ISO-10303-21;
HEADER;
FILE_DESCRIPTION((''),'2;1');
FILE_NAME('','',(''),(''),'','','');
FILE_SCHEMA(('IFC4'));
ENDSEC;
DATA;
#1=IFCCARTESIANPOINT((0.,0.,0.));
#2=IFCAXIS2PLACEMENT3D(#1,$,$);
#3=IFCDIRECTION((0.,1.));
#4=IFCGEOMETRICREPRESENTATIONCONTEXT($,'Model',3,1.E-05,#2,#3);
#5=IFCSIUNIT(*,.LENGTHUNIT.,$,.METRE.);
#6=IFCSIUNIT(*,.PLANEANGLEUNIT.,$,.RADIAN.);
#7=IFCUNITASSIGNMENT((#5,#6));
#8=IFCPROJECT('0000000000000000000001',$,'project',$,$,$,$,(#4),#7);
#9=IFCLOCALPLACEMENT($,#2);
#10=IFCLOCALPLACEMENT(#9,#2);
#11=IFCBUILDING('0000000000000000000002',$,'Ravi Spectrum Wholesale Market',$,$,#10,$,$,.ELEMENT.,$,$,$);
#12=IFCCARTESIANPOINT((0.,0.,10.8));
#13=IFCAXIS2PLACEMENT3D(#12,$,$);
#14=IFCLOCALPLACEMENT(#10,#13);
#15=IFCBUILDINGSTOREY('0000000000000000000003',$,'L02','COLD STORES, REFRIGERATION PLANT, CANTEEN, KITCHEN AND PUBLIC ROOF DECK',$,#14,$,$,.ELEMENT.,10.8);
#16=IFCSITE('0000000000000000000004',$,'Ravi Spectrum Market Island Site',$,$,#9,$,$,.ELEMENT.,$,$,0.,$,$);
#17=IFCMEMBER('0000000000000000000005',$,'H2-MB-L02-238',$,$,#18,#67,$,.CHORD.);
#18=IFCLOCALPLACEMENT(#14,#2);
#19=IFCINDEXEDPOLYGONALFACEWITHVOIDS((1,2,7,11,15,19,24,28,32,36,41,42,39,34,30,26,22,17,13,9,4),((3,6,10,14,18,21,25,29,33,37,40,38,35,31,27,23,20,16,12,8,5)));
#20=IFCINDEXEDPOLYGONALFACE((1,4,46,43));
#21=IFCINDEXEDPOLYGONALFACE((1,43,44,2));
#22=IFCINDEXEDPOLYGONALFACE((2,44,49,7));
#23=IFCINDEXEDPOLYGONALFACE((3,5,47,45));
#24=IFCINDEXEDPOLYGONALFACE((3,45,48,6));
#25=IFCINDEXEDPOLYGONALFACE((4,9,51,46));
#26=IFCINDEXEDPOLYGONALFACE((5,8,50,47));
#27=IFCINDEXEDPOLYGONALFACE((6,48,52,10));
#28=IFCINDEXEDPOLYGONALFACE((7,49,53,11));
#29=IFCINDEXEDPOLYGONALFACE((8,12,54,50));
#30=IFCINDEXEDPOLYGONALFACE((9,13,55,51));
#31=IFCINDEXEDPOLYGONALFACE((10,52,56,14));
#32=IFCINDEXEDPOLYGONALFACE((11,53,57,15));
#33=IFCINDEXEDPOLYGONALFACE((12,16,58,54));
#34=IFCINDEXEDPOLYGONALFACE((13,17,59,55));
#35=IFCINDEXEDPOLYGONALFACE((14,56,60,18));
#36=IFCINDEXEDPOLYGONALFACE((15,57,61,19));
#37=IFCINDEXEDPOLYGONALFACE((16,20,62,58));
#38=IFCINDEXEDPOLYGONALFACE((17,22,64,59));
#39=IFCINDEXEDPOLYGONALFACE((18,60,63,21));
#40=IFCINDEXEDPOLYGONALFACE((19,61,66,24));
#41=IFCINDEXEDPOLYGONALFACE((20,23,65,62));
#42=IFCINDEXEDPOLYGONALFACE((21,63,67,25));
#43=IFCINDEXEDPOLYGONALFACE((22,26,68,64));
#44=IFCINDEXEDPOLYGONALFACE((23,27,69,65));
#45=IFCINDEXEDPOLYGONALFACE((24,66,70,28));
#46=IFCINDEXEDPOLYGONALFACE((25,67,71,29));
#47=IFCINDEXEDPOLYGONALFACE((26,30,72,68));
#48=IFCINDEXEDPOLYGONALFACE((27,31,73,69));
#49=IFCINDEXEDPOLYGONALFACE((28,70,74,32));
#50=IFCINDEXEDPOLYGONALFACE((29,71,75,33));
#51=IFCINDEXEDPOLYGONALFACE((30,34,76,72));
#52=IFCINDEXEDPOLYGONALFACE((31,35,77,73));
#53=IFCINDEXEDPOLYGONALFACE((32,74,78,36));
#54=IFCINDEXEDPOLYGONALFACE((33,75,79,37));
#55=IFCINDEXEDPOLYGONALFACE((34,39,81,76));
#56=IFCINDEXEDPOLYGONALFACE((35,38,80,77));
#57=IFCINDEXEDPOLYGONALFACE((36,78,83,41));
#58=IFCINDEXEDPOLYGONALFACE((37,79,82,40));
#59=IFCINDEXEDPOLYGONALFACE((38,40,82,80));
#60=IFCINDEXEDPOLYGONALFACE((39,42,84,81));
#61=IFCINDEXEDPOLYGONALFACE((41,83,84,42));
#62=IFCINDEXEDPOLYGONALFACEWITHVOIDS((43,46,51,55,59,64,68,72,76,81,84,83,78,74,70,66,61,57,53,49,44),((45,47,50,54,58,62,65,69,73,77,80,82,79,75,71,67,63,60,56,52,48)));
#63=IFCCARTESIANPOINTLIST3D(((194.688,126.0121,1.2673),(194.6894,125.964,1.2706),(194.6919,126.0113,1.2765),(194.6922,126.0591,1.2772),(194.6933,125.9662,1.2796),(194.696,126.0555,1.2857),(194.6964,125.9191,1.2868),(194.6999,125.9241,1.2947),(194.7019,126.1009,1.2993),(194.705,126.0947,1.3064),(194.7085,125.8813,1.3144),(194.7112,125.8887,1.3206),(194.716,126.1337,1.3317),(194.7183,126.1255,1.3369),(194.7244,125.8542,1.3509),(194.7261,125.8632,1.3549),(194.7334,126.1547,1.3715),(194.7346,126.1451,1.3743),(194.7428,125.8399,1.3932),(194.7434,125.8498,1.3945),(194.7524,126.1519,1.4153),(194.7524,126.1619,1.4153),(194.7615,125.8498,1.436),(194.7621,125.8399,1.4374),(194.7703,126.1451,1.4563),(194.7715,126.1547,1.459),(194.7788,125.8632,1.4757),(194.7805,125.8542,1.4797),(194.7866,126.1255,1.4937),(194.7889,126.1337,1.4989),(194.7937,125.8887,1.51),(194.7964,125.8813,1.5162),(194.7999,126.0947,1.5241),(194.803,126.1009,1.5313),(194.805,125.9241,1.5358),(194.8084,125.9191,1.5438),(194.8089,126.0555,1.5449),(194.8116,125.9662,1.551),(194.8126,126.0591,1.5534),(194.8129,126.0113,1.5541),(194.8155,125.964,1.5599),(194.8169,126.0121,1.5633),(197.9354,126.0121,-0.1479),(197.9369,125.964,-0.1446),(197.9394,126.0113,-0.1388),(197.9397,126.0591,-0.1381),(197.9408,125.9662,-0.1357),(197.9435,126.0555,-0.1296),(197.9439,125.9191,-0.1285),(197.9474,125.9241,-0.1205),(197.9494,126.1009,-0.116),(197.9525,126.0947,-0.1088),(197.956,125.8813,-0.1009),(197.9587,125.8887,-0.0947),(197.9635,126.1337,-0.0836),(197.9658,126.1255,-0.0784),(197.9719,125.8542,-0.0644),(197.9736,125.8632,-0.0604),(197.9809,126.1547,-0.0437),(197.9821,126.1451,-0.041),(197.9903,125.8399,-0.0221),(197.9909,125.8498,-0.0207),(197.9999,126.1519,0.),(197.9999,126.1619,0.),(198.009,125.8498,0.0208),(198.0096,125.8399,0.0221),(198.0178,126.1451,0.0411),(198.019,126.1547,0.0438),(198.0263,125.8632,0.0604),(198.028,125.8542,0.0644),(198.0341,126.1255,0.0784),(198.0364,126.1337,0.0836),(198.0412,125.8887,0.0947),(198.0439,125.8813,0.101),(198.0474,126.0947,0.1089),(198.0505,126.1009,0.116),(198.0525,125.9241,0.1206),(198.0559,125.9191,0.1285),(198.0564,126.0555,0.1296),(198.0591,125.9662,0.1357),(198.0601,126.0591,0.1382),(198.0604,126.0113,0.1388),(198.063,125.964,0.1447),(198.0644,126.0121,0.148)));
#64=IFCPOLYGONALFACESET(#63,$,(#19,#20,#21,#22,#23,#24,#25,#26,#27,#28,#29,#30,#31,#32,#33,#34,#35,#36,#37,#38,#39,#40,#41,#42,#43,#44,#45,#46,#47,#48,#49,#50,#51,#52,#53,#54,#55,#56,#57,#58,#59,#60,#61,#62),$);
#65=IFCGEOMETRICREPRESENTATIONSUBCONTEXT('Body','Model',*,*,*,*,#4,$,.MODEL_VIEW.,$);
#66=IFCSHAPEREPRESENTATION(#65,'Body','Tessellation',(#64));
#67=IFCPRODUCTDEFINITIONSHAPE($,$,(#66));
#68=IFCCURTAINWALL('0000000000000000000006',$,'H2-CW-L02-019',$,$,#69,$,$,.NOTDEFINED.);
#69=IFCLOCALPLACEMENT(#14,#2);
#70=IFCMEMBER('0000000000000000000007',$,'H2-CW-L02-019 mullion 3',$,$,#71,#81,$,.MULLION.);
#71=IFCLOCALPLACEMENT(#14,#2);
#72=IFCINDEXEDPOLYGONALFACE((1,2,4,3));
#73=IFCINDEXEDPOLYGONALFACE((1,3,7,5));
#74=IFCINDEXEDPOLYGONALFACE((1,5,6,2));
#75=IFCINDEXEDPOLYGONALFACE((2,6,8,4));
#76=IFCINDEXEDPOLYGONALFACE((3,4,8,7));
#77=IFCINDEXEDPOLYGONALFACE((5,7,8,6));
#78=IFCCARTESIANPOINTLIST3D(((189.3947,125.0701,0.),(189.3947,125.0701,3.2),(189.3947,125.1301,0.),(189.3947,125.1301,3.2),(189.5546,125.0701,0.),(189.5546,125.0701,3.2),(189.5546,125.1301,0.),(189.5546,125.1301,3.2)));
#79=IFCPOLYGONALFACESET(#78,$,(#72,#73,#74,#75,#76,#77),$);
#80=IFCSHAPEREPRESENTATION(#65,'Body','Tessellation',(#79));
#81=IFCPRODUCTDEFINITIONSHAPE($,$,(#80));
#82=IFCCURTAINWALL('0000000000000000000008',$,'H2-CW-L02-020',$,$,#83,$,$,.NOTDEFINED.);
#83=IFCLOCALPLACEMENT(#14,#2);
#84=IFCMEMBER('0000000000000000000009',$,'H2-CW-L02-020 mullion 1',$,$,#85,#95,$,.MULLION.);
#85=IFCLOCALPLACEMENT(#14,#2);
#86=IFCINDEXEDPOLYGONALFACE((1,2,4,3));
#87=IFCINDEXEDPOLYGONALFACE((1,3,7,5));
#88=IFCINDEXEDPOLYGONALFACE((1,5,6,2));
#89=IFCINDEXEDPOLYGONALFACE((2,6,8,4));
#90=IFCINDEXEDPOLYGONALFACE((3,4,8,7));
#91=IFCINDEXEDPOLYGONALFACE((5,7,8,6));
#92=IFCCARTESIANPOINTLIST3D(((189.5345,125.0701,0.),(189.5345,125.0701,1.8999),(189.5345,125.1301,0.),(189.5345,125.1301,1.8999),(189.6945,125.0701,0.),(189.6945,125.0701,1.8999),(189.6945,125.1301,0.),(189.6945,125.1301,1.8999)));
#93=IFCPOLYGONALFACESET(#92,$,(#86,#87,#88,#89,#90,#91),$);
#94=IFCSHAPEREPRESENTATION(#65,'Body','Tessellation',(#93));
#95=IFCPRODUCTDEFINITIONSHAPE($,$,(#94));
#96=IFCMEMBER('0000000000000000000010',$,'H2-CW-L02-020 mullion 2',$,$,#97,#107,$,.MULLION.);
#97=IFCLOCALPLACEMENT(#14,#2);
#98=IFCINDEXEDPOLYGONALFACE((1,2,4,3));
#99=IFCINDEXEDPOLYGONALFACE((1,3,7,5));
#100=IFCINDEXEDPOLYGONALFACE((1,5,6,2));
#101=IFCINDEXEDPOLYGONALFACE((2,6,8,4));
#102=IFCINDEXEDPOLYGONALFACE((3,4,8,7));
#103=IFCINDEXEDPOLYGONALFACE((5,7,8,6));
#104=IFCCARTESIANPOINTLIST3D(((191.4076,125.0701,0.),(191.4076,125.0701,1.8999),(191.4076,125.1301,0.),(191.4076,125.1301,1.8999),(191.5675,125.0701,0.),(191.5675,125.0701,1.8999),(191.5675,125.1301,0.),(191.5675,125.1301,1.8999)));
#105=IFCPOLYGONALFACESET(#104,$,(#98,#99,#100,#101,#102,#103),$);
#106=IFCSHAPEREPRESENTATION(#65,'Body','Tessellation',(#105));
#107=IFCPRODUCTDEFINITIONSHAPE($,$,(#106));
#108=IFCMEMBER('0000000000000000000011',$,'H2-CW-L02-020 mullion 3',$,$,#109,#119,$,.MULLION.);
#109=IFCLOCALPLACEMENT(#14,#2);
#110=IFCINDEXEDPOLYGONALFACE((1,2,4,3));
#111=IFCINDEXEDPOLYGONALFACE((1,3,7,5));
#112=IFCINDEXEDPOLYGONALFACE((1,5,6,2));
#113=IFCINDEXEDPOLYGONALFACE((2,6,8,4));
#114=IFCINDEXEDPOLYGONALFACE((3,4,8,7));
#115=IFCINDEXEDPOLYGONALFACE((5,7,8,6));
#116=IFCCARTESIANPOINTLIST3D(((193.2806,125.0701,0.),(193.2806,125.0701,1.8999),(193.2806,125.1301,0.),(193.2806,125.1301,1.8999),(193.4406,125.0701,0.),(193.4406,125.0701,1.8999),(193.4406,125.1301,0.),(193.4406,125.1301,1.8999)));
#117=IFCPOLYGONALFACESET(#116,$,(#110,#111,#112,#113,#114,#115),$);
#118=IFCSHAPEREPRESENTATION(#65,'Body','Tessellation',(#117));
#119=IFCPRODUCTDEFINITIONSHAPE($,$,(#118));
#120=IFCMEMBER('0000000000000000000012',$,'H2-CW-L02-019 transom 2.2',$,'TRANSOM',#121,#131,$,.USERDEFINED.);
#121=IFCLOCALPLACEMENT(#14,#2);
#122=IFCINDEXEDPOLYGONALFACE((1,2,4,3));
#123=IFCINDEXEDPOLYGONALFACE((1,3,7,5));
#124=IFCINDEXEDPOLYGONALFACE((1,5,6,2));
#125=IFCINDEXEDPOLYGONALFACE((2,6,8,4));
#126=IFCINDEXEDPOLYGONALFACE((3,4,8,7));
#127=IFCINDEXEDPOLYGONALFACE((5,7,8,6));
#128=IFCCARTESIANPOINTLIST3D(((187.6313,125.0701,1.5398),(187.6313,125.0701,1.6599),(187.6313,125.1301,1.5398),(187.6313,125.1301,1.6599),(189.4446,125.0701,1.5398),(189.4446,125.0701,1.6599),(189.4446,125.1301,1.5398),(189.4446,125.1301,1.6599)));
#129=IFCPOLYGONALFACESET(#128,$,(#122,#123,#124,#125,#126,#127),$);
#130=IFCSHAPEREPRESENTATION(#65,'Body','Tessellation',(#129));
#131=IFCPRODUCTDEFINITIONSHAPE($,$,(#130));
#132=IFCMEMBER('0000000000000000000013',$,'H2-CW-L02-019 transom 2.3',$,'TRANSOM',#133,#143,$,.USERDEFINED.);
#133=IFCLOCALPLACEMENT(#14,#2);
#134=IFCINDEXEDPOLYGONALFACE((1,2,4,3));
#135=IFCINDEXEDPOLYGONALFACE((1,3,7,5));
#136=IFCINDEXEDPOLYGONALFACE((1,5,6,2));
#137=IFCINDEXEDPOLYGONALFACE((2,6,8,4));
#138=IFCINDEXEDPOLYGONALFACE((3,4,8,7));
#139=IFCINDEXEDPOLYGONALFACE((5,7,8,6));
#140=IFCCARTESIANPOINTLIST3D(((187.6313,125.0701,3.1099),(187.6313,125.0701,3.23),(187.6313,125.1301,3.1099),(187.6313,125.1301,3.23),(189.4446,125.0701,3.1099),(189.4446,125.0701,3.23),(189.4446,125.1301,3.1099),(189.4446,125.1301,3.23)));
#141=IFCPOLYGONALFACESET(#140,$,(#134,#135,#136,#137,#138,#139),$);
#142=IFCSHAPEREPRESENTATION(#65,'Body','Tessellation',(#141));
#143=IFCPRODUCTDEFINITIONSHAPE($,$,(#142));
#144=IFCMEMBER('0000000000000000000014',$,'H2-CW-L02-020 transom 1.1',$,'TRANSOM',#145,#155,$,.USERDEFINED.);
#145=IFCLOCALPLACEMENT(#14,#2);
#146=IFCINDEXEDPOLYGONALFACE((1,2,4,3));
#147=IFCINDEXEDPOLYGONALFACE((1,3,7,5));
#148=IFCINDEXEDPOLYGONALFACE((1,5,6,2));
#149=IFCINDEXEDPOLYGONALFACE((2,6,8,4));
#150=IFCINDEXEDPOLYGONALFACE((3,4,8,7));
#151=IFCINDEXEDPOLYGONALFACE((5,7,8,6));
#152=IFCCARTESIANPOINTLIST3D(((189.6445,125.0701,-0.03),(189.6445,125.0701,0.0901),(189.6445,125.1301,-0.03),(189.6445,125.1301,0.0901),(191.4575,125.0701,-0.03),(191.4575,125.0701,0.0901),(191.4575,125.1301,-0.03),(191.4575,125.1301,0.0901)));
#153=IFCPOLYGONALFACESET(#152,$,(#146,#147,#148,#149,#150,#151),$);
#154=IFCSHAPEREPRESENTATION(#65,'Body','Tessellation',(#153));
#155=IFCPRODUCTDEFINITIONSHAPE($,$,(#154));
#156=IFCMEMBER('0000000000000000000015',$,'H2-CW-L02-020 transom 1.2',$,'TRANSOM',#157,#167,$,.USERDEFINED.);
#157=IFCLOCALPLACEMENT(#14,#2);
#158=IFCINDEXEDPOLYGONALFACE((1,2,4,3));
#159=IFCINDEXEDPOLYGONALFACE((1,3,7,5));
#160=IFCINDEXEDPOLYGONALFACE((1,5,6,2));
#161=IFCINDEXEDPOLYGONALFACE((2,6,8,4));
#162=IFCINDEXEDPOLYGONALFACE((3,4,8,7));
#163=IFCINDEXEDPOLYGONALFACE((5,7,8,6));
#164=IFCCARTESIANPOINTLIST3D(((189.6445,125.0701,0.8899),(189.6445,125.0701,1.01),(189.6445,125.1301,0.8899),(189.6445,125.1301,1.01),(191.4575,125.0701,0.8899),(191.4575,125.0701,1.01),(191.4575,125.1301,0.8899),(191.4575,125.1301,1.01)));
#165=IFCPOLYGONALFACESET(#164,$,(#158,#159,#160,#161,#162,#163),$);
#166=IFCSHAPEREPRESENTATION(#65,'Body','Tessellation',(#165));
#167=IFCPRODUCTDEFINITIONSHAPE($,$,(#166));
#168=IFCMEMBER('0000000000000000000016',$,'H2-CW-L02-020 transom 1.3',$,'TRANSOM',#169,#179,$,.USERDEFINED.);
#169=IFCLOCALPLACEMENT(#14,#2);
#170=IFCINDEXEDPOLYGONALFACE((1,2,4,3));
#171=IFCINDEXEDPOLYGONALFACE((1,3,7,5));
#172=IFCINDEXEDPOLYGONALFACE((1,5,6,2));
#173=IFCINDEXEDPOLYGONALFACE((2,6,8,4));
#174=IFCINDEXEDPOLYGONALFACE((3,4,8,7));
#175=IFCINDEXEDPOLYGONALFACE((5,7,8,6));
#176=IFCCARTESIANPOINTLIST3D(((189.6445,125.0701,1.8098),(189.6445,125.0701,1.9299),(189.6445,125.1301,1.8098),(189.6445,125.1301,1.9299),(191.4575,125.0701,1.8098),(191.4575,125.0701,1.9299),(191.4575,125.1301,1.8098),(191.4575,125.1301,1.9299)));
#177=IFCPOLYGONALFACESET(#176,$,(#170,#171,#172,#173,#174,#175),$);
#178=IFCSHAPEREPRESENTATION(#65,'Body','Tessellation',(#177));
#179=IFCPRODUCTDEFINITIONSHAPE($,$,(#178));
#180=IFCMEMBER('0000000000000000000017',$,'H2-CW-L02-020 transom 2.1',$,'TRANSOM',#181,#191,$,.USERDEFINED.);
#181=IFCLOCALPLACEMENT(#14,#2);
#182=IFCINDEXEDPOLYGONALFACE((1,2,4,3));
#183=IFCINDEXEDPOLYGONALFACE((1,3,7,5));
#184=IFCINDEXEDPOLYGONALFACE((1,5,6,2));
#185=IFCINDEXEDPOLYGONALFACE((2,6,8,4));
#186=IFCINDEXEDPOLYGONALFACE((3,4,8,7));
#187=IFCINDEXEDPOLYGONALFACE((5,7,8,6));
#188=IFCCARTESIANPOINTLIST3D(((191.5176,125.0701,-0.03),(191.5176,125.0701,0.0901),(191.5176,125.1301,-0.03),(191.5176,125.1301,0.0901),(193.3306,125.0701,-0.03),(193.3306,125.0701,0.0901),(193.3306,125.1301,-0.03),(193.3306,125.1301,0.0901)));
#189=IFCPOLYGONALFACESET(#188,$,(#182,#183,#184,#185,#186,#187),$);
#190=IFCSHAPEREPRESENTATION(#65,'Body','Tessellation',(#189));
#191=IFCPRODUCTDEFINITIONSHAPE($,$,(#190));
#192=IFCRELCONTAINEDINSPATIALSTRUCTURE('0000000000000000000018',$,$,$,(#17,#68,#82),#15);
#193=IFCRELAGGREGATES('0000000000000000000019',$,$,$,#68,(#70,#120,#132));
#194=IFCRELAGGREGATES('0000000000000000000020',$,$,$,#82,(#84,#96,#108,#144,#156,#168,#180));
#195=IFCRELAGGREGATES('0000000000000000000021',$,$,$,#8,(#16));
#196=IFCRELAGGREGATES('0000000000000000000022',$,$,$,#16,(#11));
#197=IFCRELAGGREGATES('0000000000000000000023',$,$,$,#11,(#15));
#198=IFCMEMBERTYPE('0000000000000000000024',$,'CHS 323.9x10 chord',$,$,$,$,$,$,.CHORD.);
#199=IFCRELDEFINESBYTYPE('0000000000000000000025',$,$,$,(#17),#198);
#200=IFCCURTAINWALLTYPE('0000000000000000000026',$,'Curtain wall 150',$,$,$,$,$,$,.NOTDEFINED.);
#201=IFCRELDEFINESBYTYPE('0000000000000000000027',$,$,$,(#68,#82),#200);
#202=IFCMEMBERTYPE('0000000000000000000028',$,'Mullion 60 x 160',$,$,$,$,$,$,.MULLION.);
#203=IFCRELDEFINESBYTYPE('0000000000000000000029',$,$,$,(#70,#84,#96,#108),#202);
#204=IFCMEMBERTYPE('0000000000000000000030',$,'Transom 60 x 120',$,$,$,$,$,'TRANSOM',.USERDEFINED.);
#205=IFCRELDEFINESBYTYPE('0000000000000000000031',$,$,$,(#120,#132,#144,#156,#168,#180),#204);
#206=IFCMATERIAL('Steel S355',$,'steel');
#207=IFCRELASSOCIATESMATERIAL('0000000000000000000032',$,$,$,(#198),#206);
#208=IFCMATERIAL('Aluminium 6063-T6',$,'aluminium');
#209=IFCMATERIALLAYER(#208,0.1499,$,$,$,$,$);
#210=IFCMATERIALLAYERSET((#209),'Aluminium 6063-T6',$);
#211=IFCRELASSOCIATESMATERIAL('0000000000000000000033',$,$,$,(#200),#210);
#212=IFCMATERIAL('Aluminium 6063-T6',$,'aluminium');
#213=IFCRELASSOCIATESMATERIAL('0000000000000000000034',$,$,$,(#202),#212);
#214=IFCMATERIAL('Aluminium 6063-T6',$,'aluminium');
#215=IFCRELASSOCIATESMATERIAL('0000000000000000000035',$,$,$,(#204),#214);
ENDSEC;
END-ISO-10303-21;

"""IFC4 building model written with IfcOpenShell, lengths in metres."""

from ifc_helpers import new_model, si_unit, direction, frame, origin, origin_2d, place, context, subcontext, project, spatial, rectangle, hollow_circle, extrude, material, layer, layer_set, material_profile, profile_set, type_object, element, aggregate, save


model = new_model("IFC4")

# Units and contexts
model_context = context("Model", 3, precision=1e-05, world=origin(), true_north=direction((0.0, 1.0)))
body_context = subcontext(model_context, "Body", "Model", "MODEL_VIEW")
ifc_project = project(units=[si_unit("LENGTHUNIT", "METRE"), si_unit("PLANEANGLEUNIT", "RADIAN")], contexts=[model_context])

# Site, building, storey
site_placement = place(None, origin())
site = spatial("IfcSite", under=ifc_project, at=site_placement, Name="Ravi Spectrum Market Island Site", CompositionType="ELEMENT", RefElevation=0.0)
building_placement = place(site_placement, origin())
building = spatial("IfcBuilding", under=site, at=building_placement, Name="Ravi Spectrum Wholesale Market", CompositionType="ELEMENT")
storey_placement = place(building_placement, frame((0.0, 0.0, 10.8)))
storey = spatial("IfcBuildingStorey", under=building, at=storey_placement, Name="L02", Description="COLD STORES, REFRIGERATION PLANT, CANTEEN, KITCHEN AND PUBLIC ROOF DECK", CompositionType="ELEMENT", Elevation=10.8)

# Member
ifc_material_1 = material(Name="Steel S355", Category="steel")
ifc_material_profile_1 = material_profile(ifc_material_1, hollow_circle(Radius=0.1619, WallThickness=0.01, at=origin_2d()))
ifc_profile_set_1 = profile_set([ifc_material_profile_1], Name="Steel S355")
member_type_1 = type_object("IfcMemberType", Name="CHS 323.9x10 chord", PredefinedType="CHORD", material=ifc_profile_set_1)
for number, where, z_axis, x_axis, name in (
    (1, (194.7524, 126.0, 1.4153), (0.916729, 0.0, -0.39951), (0.0, 1.0, 0.0), "H2-MB-L02-238"),
):
    element("IfcMember", number, at=place(storey_placement, frame(where, z_axis=z_axis, x_axis=x_axis)), inside=storey, type_object=member_type_1, Name=name, PredefinedType="CHORD", context=body_context, shape_type="SweptSolid", body=[
        extrude(hollow_circle(Radius=0.1619, WallThickness=0.01, at=origin_2d()), origin(), (0.0, 0.0, 1.0), 3.5425),
    ])

# Curtain wall, member
ifc_material_2 = material(Name="Aluminium 6063-T6", Category="aluminium")
ifc_layer_1 = layer(ifc_material_2, 0.1499)
ifc_layer_set_1 = layer_set([ifc_layer_1], Name="Aluminium 6063-T6")
curtain_wall_type = type_object("IfcCurtainWallType", Name="Curtain wall 150", PredefinedType="NOTDEFINED", material=ifc_layer_set_1)
curtain_wall_1_placement = place(storey_placement, origin())
curtain_wall_1 = element("IfcCurtainWall", 2, at=curtain_wall_1_placement, inside=storey, type_object=curtain_wall_type, Name="H2-CW-L02-019", PredefinedType="NOTDEFINED")
ifc_material_3 = material(Name="Aluminium 6063-T6", Category="aluminium")
ifc_material_profile_2 = material_profile(ifc_material_3, rectangle(XDim=0.0601, YDim=0.1599, at=origin_2d()))
ifc_profile_set_2 = profile_set([ifc_material_profile_2], Name="Aluminium 6063-T6")
member_type_2 = type_object("IfcMemberType", Name="Mullion 60 x 160", PredefinedType="MULLION", material=ifc_profile_set_2)
member_1_placement = place(storey_placement, frame((189.4746, 125.1001, 0.0), z_axis=(0.0, 0.0, 1.0), x_axis=(0.0, 1.0, 0.0)))
member_1 = element("IfcMember", 3, at=member_1_placement, type_object=member_type_2, Name="H2-CW-L02-019 mullion 3", PredefinedType="MULLION", context=body_context, shape_type="SweptSolid", body=[
    extrude(rectangle(XDim=0.0601, YDim=0.1599, at=origin_2d()), origin(), (0.0, 0.0, 1.0), 3.2),
])

# Curtain wall, members
curtain_wall_2_placement = place(storey_placement, origin())
curtain_wall_2 = element("IfcCurtainWall", 4, at=curtain_wall_2_placement, inside=storey, type_object=curtain_wall_type, Name="H2-CW-L02-020", PredefinedType="NOTDEFINED")
member_2_placement = place(storey_placement, frame((189.6145, 125.1001, 0.0), z_axis=(0.0, 0.0, 1.0), x_axis=(0.0, 1.0, 0.0)))
member_2 = element("IfcMember", 5, at=member_2_placement, type_object=member_type_2, Name="H2-CW-L02-020 mullion 1", PredefinedType="MULLION", context=body_context, shape_type="SweptSolid", body=[
    extrude(rectangle(XDim=0.0601, YDim=0.1599, at=origin_2d()), origin(), (0.0, 0.0, 1.0), 1.8999),
])
member_3_placement = place(storey_placement, frame((191.4875, 125.1001, 0.0), z_axis=(0.0, 0.0, 1.0), x_axis=(0.0, 1.0, 0.0)))
member_3 = element("IfcMember", 6, at=member_3_placement, type_object=member_type_2, Name="H2-CW-L02-020 mullion 2", PredefinedType="MULLION", context=body_context, shape_type="SweptSolid", body=[
    extrude(rectangle(XDim=0.0601, YDim=0.1599, at=origin_2d()), origin(), (0.0, 0.0, 1.0), 1.8999),
])
member_4_placement = place(storey_placement, frame((193.3606, 125.1001, 0.0), z_axis=(0.0, 0.0, 1.0), x_axis=(0.0, 1.0, 0.0)))
member_4 = element("IfcMember", 7, at=member_4_placement, type_object=member_type_2, Name="H2-CW-L02-020 mullion 3", PredefinedType="MULLION", context=body_context, shape_type="SweptSolid", body=[
    extrude(rectangle(XDim=0.0601, YDim=0.1599, at=origin_2d()), origin(), (0.0, 0.0, 1.0), 1.8999),
])

# Members
ifc_material_4 = material(Name="Aluminium 6063-T6", Category="aluminium")
ifc_material_profile_3 = material_profile(ifc_material_4, rectangle(XDim=0.0601, YDim=0.1201, at=origin_2d()))
ifc_profile_set_3 = profile_set([ifc_material_profile_3], Name="Aluminium 6063-T6")
member_type_3 = type_object("IfcMemberType", Name="Transom 60 x 120", ElementType="TRANSOM", PredefinedType="USERDEFINED", material=ifc_profile_set_3)
member_5_placement = place(storey_placement, frame((187.6313, 125.1001, 1.5999), z_axis=(1.0, 0.0, 0.0), x_axis=(0.0, 1.0, 0.0)))
member_5 = element("IfcMember", 8, at=member_5_placement, type_object=member_type_3, Name="H2-CW-L02-019 transom 2.2", ObjectType="TRANSOM", PredefinedType="USERDEFINED", context=body_context, shape_type="SweptSolid", body=[
    extrude(rectangle(XDim=0.0601, YDim=0.1201, at=origin_2d()), origin(), (0.0, 0.0, 1.0), 1.8132),
])
member_6_placement = place(storey_placement, frame((187.6313, 125.1001, 3.1699), z_axis=(1.0, 0.0, 0.0), x_axis=(0.0, 1.0, 0.0)))
member_6 = element("IfcMember", 9, at=member_6_placement, type_object=member_type_3, Name="H2-CW-L02-019 transom 2.3", ObjectType="TRANSOM", PredefinedType="USERDEFINED", context=body_context, shape_type="SweptSolid", body=[
    extrude(rectangle(XDim=0.0601, YDim=0.1201, at=origin_2d()), origin(), (0.0, 0.0, 1.0), 1.8132),
])
member_7_placement = place(storey_placement, frame((189.6445, 125.1001, 0.03), z_axis=(1.0, 0.0, 0.0), x_axis=(0.0, 1.0, 0.0)))
member_7 = element("IfcMember", 10, at=member_7_placement, type_object=member_type_3, Name="H2-CW-L02-020 transom 1.1", ObjectType="TRANSOM", PredefinedType="USERDEFINED", context=body_context, shape_type="SweptSolid", body=[
    extrude(rectangle(XDim=0.0601, YDim=0.1201, at=origin_2d()), origin(), (0.0, 0.0, 1.0), 1.813),
])
member_8_placement = place(storey_placement, frame((189.6445, 125.1001, 0.95), z_axis=(1.0, 0.0, 0.0), x_axis=(0.0, 1.0, 0.0)))
member_8 = element("IfcMember", 11, at=member_8_placement, type_object=member_type_3, Name="H2-CW-L02-020 transom 1.2", ObjectType="TRANSOM", PredefinedType="USERDEFINED", context=body_context, shape_type="SweptSolid", body=[
    extrude(rectangle(XDim=0.0601, YDim=0.1201, at=origin_2d()), origin(), (0.0, 0.0, 1.0), 1.813),
])
member_9_placement = place(storey_placement, frame((189.6445, 125.1001, 1.8699), z_axis=(1.0, 0.0, 0.0), x_axis=(0.0, 1.0, 0.0)))
member_9 = element("IfcMember", 12, at=member_9_placement, type_object=member_type_3, Name="H2-CW-L02-020 transom 1.3", ObjectType="TRANSOM", PredefinedType="USERDEFINED", context=body_context, shape_type="SweptSolid", body=[
    extrude(rectangle(XDim=0.0601, YDim=0.1201, at=origin_2d()), origin(), (0.0, 0.0, 1.0), 1.813),
])
member_10_placement = place(storey_placement, frame((191.5176, 125.1001, 0.03), z_axis=(1.0, 0.0, 0.0), x_axis=(0.0, 1.0, 0.0)))
member_10 = element("IfcMember", 13, at=member_10_placement, type_object=member_type_3, Name="H2-CW-L02-020 transom 2.1", ObjectType="TRANSOM", PredefinedType="USERDEFINED", context=body_context, shape_type="SweptSolid", body=[
    extrude(rectangle(XDim=0.0601, YDim=0.1201, at=origin_2d()), origin(), (0.0, 0.0, 1.0), 1.813),
])

aggregate(curtain_wall_1, [member_1, member_5, member_6])
aggregate(curtain_wall_2, [member_2, member_3, member_4, member_7, member_8, member_9, member_10])

save(model, "model.ifc")
